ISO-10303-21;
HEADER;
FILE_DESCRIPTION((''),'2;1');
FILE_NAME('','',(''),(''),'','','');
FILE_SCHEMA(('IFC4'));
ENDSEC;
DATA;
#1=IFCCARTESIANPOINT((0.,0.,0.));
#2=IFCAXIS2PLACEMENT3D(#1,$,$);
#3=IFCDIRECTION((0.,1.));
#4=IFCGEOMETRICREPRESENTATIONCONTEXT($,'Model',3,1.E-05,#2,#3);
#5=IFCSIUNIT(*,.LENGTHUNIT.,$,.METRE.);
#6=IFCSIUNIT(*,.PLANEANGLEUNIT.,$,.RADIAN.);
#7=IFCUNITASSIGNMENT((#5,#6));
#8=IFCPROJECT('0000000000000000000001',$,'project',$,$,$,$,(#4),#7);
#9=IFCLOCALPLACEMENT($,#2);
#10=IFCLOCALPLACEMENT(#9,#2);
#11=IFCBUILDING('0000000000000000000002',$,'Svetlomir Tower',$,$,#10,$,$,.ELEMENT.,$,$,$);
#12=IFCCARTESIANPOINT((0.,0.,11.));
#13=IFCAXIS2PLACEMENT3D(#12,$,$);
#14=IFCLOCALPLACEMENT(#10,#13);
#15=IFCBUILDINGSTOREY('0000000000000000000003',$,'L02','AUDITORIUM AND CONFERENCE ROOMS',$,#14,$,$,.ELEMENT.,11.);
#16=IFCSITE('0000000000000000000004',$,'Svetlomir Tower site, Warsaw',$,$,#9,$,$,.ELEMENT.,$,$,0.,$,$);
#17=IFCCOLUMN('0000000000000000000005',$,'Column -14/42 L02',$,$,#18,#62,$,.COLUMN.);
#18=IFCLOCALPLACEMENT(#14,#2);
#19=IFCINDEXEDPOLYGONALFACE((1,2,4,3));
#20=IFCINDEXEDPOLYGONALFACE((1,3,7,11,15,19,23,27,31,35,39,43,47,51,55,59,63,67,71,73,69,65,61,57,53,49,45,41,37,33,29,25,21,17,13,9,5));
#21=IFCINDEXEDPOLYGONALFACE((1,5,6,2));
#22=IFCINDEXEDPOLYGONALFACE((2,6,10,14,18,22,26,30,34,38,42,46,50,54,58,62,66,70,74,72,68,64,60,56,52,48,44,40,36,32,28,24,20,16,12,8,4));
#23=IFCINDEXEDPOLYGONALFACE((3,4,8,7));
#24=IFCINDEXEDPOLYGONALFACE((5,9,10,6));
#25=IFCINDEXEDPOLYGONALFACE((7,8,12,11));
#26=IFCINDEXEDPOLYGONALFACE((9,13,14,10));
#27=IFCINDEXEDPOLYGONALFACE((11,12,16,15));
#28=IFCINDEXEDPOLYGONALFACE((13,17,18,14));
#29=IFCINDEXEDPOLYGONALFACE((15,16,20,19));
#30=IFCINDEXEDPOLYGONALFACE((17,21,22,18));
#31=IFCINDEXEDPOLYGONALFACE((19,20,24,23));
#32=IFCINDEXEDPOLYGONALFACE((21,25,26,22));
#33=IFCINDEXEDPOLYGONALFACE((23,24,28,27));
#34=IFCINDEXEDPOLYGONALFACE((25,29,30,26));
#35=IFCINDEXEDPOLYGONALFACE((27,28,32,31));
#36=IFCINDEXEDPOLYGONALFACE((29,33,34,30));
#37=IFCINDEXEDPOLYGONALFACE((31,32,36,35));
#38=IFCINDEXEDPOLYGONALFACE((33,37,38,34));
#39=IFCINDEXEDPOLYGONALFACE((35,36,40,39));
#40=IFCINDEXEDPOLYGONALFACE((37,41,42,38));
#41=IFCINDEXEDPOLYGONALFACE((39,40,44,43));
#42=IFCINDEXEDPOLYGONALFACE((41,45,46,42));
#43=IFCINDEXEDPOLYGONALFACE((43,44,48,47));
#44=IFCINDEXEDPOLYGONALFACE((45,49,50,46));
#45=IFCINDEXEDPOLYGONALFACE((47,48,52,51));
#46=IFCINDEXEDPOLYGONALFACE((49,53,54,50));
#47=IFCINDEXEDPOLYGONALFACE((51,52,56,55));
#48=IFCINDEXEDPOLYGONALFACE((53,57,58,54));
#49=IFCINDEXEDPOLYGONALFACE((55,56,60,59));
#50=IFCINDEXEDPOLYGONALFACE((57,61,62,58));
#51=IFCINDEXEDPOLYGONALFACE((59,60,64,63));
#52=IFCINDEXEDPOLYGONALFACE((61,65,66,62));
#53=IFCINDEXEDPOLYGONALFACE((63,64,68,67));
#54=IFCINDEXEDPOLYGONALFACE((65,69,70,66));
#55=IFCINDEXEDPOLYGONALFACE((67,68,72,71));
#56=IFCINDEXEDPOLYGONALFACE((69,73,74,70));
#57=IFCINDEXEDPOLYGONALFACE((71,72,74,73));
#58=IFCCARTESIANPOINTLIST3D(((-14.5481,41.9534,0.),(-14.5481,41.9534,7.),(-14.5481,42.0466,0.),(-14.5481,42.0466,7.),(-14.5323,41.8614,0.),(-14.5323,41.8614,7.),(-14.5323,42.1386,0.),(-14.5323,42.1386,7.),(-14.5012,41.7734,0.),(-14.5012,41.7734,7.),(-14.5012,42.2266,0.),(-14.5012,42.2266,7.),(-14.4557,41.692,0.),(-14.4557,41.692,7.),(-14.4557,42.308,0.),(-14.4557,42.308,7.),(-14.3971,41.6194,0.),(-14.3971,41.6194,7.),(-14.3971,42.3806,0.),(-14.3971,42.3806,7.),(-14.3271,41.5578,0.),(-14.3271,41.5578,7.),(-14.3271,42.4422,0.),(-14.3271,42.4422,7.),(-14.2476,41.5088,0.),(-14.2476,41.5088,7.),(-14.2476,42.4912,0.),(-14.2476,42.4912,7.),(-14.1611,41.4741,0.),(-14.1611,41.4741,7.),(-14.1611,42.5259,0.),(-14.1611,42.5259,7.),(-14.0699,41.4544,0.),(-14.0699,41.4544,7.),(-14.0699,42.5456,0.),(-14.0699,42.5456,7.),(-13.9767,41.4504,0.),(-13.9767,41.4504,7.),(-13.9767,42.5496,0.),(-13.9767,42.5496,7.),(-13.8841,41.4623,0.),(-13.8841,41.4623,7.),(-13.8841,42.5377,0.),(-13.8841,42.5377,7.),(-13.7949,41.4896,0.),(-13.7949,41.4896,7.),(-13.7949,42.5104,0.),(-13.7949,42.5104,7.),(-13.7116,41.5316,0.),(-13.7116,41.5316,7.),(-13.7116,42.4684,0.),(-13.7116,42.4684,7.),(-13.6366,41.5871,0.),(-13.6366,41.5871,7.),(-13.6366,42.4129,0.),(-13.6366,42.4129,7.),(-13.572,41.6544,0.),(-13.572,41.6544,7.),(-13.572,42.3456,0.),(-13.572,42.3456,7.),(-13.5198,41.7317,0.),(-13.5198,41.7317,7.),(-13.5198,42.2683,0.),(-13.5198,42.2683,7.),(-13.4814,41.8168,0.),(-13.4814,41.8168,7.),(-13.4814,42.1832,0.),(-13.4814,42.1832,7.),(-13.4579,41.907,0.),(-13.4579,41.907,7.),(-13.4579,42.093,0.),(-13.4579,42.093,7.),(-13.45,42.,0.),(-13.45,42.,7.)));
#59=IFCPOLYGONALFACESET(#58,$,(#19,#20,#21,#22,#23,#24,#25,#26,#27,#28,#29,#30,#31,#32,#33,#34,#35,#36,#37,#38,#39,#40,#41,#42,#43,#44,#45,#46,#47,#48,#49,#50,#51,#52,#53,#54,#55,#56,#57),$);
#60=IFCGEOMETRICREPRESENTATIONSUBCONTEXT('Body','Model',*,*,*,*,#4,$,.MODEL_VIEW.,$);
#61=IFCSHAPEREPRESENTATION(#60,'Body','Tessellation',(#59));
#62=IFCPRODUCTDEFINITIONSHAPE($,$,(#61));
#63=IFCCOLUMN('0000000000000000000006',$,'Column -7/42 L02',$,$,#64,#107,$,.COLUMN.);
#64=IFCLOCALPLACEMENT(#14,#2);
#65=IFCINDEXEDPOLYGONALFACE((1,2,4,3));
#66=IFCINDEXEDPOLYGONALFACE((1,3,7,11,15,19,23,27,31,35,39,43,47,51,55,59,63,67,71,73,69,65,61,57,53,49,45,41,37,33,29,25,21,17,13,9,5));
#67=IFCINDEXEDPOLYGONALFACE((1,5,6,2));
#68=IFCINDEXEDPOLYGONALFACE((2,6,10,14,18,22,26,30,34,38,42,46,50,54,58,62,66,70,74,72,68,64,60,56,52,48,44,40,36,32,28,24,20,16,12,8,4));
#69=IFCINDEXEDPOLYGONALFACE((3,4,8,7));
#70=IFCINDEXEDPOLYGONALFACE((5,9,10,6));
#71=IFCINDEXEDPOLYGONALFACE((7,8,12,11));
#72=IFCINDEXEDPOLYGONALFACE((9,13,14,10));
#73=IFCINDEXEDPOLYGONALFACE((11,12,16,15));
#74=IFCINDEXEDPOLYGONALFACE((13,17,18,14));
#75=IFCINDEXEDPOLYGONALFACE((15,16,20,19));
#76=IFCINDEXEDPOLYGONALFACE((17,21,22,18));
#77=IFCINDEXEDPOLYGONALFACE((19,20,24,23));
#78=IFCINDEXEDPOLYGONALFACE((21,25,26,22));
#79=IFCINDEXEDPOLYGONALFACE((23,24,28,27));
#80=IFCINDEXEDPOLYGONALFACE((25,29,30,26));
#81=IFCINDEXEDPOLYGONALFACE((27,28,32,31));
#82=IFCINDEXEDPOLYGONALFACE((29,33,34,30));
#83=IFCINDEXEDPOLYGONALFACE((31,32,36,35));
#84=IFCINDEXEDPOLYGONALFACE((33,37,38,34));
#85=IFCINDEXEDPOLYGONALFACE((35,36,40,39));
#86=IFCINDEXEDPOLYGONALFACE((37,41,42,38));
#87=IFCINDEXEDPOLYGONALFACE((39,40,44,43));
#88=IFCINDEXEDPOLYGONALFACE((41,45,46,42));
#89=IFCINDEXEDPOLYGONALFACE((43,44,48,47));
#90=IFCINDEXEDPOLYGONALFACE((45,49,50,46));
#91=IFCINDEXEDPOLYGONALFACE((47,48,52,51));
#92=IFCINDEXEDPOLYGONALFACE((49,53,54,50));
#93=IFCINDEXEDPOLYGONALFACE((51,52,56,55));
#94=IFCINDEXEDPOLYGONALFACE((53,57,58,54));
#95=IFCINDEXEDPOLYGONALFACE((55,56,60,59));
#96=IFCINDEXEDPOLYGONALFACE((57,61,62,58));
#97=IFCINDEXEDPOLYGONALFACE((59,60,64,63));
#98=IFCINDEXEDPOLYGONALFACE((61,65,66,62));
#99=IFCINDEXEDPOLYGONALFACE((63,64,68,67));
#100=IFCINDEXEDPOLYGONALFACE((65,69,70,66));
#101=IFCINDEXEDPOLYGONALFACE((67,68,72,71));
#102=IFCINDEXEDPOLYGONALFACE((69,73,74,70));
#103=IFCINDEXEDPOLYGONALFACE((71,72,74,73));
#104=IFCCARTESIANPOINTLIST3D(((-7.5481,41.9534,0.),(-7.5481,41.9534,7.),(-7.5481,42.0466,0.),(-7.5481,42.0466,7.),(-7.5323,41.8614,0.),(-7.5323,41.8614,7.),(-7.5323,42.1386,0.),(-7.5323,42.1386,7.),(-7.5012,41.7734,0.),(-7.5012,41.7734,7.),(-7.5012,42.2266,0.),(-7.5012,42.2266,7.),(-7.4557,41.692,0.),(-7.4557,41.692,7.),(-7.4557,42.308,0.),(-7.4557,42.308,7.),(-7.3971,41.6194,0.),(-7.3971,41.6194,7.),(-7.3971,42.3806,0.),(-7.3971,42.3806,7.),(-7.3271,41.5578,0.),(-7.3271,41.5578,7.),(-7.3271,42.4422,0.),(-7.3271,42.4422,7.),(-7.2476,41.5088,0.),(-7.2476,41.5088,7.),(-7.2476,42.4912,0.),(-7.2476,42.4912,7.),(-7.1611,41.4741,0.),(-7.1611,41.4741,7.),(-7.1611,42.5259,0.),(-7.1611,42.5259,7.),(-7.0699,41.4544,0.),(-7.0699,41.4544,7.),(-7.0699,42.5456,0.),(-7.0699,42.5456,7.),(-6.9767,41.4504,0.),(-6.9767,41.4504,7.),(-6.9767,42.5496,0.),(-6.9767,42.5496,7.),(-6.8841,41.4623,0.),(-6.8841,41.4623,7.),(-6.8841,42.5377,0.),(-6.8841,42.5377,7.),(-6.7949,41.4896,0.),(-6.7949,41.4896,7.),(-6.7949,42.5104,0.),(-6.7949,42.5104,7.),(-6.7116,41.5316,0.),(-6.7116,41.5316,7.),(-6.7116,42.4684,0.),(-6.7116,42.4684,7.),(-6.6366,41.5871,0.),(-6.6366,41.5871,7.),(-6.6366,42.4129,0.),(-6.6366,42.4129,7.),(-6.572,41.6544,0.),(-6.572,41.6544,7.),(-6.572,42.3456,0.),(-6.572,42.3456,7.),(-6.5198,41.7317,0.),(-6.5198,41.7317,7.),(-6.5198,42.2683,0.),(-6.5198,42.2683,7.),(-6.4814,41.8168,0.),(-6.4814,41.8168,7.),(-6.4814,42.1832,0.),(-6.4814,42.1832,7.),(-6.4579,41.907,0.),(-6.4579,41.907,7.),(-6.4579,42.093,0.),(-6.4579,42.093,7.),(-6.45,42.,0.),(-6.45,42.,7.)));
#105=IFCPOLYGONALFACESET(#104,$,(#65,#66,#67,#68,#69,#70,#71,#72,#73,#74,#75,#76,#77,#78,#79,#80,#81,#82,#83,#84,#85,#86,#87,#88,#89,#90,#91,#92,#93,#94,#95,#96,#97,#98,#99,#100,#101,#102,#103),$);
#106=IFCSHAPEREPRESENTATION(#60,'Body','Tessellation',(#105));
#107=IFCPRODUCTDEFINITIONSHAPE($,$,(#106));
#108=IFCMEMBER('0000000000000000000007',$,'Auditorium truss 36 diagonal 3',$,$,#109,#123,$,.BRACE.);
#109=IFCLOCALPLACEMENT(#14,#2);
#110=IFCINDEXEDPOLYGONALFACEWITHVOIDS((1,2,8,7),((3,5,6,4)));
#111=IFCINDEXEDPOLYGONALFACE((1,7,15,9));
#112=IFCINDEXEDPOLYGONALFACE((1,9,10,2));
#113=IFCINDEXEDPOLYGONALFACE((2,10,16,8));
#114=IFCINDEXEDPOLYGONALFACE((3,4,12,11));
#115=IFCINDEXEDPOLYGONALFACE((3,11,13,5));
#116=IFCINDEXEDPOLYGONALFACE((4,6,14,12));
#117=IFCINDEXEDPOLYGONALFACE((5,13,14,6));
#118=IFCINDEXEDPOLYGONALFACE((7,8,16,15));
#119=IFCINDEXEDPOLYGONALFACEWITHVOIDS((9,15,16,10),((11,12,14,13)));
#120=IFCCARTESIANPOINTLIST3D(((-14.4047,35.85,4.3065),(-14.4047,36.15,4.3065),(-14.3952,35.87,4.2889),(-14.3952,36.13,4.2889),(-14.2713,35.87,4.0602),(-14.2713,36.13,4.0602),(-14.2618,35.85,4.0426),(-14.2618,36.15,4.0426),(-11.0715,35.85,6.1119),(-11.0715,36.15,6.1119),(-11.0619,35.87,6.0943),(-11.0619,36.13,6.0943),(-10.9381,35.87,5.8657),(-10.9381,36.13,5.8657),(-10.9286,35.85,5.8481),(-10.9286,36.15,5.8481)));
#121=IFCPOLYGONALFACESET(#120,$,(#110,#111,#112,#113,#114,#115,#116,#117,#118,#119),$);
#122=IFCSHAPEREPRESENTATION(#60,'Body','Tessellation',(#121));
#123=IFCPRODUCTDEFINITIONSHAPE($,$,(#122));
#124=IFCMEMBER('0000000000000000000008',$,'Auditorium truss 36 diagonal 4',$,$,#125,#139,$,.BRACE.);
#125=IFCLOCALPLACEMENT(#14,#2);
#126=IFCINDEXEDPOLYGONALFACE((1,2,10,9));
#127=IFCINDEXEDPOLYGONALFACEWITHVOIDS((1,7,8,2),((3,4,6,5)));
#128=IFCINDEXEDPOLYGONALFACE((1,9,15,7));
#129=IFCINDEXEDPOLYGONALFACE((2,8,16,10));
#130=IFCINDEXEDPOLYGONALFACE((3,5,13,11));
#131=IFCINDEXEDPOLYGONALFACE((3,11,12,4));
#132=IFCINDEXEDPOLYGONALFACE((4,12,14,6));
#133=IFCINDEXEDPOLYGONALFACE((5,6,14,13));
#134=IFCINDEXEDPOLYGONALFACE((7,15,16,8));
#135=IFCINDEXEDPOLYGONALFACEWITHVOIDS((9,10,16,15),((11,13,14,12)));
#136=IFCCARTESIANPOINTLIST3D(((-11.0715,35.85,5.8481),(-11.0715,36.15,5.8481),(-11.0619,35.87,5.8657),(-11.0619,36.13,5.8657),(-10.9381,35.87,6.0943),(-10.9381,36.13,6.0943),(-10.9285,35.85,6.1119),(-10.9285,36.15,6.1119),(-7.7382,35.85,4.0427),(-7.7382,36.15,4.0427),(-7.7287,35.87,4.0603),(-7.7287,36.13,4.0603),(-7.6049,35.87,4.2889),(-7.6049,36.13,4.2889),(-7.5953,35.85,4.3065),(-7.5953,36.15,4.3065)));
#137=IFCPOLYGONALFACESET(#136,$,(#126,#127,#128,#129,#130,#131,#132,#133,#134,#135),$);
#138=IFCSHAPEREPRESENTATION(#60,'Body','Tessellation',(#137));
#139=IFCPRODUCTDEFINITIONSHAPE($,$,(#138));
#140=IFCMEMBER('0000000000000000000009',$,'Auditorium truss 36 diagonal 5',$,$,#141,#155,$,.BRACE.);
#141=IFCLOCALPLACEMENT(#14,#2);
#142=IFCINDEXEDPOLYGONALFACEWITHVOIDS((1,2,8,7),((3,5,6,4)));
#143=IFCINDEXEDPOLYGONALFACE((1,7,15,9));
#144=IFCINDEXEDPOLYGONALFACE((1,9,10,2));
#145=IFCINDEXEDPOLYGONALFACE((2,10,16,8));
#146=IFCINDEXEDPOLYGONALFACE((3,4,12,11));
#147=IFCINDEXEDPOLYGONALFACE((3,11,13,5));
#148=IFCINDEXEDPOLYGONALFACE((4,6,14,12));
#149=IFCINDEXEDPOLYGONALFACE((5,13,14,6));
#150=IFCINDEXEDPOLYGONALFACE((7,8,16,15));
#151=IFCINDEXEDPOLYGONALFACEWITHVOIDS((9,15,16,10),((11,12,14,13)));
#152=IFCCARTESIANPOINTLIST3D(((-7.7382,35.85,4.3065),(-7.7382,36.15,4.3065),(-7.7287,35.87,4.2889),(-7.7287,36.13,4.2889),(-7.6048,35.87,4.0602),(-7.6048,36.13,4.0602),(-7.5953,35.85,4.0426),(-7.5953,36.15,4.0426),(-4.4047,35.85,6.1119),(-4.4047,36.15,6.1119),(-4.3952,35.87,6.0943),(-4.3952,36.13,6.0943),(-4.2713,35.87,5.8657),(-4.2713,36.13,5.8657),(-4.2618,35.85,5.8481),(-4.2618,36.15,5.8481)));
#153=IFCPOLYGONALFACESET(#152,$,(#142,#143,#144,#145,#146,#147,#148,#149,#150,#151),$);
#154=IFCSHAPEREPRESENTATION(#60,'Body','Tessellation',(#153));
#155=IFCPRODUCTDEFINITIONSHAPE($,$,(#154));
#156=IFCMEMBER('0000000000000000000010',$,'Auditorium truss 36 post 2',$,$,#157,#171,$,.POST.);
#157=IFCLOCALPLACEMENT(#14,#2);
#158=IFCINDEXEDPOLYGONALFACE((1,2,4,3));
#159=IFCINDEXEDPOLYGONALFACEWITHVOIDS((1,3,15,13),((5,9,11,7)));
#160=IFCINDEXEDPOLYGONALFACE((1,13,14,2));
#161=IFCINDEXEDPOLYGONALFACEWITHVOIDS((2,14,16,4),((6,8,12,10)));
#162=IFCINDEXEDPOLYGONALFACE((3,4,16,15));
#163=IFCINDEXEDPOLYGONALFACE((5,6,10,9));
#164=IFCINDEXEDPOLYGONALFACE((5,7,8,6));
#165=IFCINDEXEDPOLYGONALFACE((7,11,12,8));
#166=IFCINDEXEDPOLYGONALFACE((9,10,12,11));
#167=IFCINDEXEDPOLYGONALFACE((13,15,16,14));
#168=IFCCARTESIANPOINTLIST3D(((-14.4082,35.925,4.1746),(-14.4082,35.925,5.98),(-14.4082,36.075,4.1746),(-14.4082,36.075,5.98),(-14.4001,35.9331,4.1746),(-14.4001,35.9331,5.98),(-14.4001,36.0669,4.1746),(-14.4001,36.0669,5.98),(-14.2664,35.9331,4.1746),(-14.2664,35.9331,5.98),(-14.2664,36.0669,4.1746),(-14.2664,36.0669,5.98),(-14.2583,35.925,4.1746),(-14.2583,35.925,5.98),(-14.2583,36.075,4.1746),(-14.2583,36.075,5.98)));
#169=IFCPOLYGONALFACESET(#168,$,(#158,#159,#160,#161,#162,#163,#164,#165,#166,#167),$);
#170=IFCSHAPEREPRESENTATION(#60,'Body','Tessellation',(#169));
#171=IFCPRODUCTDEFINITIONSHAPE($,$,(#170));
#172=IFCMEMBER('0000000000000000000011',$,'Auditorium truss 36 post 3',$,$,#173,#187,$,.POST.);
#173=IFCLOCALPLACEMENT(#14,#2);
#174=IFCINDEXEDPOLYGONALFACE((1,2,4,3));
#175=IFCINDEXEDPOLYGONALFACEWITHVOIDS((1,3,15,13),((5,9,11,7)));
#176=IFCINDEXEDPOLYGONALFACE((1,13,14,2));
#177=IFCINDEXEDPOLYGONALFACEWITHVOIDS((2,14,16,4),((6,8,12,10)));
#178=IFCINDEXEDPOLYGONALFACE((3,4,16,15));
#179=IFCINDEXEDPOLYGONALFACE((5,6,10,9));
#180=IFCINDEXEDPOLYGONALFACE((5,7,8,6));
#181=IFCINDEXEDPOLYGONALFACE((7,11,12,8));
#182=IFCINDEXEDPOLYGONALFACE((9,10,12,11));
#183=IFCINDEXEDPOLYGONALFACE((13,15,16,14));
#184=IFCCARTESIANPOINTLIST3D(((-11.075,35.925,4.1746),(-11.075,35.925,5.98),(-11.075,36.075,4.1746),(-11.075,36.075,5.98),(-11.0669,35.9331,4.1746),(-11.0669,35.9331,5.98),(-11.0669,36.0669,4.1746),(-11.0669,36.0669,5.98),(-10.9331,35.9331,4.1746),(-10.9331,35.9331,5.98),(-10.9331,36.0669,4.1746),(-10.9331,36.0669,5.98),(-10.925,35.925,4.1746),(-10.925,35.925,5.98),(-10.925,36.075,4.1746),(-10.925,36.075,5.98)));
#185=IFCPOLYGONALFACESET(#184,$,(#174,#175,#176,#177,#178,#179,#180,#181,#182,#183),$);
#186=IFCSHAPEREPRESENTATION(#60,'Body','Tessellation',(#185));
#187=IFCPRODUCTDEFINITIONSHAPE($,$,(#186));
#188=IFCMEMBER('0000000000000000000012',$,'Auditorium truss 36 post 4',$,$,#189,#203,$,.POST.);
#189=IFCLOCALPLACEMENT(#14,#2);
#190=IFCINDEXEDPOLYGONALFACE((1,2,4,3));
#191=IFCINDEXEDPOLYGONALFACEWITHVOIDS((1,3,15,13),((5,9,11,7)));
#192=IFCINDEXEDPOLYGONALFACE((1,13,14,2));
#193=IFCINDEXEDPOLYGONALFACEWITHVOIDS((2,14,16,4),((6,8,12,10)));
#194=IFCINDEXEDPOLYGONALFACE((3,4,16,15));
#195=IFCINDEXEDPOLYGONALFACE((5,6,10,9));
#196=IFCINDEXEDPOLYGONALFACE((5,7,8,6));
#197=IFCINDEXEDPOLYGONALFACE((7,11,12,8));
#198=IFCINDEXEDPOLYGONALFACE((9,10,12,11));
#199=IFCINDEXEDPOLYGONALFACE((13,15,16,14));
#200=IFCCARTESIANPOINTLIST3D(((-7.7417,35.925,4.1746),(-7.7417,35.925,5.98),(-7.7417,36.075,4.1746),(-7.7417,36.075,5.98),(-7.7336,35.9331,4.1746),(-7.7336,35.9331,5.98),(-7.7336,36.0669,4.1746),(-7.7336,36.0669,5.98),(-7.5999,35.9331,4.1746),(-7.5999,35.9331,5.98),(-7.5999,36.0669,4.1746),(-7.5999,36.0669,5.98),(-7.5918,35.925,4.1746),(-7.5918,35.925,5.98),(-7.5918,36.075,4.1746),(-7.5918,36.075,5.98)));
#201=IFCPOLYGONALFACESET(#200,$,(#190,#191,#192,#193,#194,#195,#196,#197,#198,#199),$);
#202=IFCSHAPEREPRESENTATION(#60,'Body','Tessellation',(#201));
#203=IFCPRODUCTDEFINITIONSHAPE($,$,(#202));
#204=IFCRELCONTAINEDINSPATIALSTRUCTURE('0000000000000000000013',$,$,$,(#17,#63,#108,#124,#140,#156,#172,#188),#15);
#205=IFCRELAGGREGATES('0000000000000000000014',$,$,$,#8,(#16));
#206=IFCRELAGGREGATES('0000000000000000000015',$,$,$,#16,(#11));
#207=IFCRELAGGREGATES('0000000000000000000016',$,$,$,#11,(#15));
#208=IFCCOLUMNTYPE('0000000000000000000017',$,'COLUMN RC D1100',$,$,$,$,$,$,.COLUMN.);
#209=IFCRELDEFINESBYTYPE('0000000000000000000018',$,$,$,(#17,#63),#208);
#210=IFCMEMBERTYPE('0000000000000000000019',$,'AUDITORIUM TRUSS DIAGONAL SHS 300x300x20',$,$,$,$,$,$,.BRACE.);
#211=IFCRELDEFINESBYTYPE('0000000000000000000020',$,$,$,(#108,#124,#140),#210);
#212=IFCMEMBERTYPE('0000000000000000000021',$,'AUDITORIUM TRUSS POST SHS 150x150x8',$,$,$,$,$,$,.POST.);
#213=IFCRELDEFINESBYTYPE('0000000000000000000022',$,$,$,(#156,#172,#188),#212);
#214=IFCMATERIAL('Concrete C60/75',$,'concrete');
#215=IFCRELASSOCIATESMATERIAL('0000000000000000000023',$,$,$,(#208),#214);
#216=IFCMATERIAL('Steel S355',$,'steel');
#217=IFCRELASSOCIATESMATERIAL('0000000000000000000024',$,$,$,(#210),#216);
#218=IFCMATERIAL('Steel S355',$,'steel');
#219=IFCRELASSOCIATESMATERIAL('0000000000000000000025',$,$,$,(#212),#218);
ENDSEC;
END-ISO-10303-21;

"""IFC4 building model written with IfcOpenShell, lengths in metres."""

from ifc_helpers import new_model, si_unit, direction, frame, origin, origin_2d, place, context, subcontext, project, spatial, hollow_rectangle, circle, extrude, material, material_profile, profile_set, type_object, element, save


model = new_model("IFC4")

# Units and contexts
model_context = context("Model", 3, precision=1e-05, world=origin(), true_north=direction((0.0, 1.0)))
body_context = subcontext(model_context, "Body", "Model", "MODEL_VIEW")
ifc_project = project(units=[si_unit("LENGTHUNIT", "METRE"), si_unit("PLANEANGLEUNIT", "RADIAN")], contexts=[model_context])

# Site, building, storey
site_placement = place(None, origin())
site = spatial("IfcSite", under=ifc_project, at=site_placement, Name="Svetlomir Tower site, Warsaw", CompositionType="ELEMENT", RefElevation=0.0)
building_placement = place(site_placement, origin())
building = spatial("IfcBuilding", under=site, at=building_placement, Name="Svetlomir Tower", CompositionType="ELEMENT")
storey_placement = place(building_placement, frame((0.0, 0.0, 11.0)))
storey = spatial("IfcBuildingStorey", under=building, at=storey_placement, Name="L02", Description="AUDITORIUM AND CONFERENCE ROOMS", CompositionType="ELEMENT", Elevation=11.0)

# Columns
ifc_material_1 = material(Name="Concrete C60/75", Category="concrete")
ifc_material_profile_1 = material_profile(ifc_material_1, circle(Radius=0.55, at=origin_2d()), Name="RC D1100")
ifc_profile_set_1 = profile_set([ifc_material_profile_1], Name="Concrete C60/75")
column_type = type_object("IfcColumnType", Name="COLUMN RC D1100", PredefinedType="COLUMN", material=ifc_profile_set_1)
for number, where, z_axis, x_axis, name in (
    (1, (-14.0, 42.0, 0.0), (0.0, 0.0, 1.0), (1.0, 0.0, 0.0), "Column -14/42 L02"),
    (2, (-7.0, 42.0, 0.0), (0.0, 0.0, 1.0), (1.0, 0.0, 0.0), "Column -7/42 L02"),
):
    element("IfcColumn", number, at=place(storey_placement, frame(where, z_axis=z_axis, x_axis=x_axis)), inside=storey, type_object=column_type, Name=name, PredefinedType="COLUMN", context=body_context, shape_type="SweptSolid", body=[
        extrude(circle(Radius=0.55, at=origin_2d()), origin(), (0.0, 0.0, 1.0), 7.0),
    ])

# Members
ifc_material_2 = material(Name="Steel S355", Category="steel")
ifc_material_profile_2 = material_profile(ifc_material_2, hollow_rectangle(XDim=0.3, YDim=0.3, WallThickness=0.02, at=origin_2d()), Name="SHS 300x300x20")
ifc_profile_set_2 = profile_set([ifc_material_profile_2], Name="Steel S355")
member_type_1 = type_object("IfcMemberType", Name="AUDITORIUM TRUSS DIAGONAL SHS 300x300x20", PredefinedType="BRACE", material=ifc_profile_set_2)
for number, where, z_axis, x_axis, name in (
    (3, (-14.3333, 36.0, 4.1746), (0.879302, 0.0, 0.476264), (0.0, 1.0, 0.0), "Auditorium truss 36 diagonal 3"),
    (4, (-11.0, 36.0, 5.98), (0.879302, 0.0, -0.476264), (0.0, 1.0, 0.0), "Auditorium truss 36 diagonal 4"),
):
    element("IfcMember", number, at=place(storey_placement, frame(where, z_axis=z_axis, x_axis=x_axis)), inside=storey, type_object=member_type_1, Name=name, PredefinedType="BRACE", context=body_context, shape_type="SweptSolid", body=[
        extrude(hollow_rectangle(XDim=0.3, YDim=0.3, WallThickness=0.02, at=origin_2d()), origin(), (0.0, 0.0, 1.0), 3.7908),
    ])
member_1_placement = place(storey_placement, frame((-7.6667, 36.0, 4.1746), z_axis=(0.879317, 0.0, 0.476238), x_axis=(0.0, 1.0, 0.0)))
element("IfcMember", 5, at=member_1_placement, inside=storey, type_object=member_type_1, Name="Auditorium truss 36 diagonal 5", PredefinedType="BRACE", context=body_context, shape_type="SweptSolid", body=[
    extrude(hollow_rectangle(XDim=0.3, YDim=0.3, WallThickness=0.02, at=origin_2d()), origin(), (0.0, 0.0, 1.0), 3.791),
])
ifc_material_3 = material(Name="Steel S355", Category="steel")
ifc_material_profile_3 = material_profile(ifc_material_3, hollow_rectangle(XDim=0.1499, YDim=0.1499, WallThickness=0.0081, at=origin_2d()), Name="SHS 150x150x8")
ifc_profile_set_3 = profile_set([ifc_material_profile_3], Name="Steel S355")
member_type_2 = type_object("IfcMemberType", Name="AUDITORIUM TRUSS POST SHS 150x150x8", PredefinedType="POST", material=ifc_profile_set_3)
for number, where, z_axis, x_axis, name in (
    (6, (-14.3333, 36.0, 4.1746), (0.0, 0.0, 1.0), (1.0, 0.0, 0.0), "Auditorium truss 36 post 2"),
    (7, (-11.0, 36.0, 4.1746), (0.0, 0.0, 1.0), (1.0, 0.0, 0.0), "Auditorium truss 36 post 3"),
    (8, (-7.6667, 36.0, 4.1746), (0.0, 0.0, 1.0), (1.0, 0.0, 0.0), "Auditorium truss 36 post 4"),
):
    element("IfcMember", number, at=place(storey_placement, frame(where, z_axis=z_axis, x_axis=x_axis)), inside=storey, type_object=member_type_2, Name=name, PredefinedType="POST", context=body_context, shape_type="SweptSolid", body=[
        extrude(hollow_rectangle(XDim=0.1499, YDim=0.1499, WallThickness=0.0081, at=origin_2d()), origin(), (0.0, 0.0, 1.0), 1.8054),
    ])

save(model, "model.ifc")
